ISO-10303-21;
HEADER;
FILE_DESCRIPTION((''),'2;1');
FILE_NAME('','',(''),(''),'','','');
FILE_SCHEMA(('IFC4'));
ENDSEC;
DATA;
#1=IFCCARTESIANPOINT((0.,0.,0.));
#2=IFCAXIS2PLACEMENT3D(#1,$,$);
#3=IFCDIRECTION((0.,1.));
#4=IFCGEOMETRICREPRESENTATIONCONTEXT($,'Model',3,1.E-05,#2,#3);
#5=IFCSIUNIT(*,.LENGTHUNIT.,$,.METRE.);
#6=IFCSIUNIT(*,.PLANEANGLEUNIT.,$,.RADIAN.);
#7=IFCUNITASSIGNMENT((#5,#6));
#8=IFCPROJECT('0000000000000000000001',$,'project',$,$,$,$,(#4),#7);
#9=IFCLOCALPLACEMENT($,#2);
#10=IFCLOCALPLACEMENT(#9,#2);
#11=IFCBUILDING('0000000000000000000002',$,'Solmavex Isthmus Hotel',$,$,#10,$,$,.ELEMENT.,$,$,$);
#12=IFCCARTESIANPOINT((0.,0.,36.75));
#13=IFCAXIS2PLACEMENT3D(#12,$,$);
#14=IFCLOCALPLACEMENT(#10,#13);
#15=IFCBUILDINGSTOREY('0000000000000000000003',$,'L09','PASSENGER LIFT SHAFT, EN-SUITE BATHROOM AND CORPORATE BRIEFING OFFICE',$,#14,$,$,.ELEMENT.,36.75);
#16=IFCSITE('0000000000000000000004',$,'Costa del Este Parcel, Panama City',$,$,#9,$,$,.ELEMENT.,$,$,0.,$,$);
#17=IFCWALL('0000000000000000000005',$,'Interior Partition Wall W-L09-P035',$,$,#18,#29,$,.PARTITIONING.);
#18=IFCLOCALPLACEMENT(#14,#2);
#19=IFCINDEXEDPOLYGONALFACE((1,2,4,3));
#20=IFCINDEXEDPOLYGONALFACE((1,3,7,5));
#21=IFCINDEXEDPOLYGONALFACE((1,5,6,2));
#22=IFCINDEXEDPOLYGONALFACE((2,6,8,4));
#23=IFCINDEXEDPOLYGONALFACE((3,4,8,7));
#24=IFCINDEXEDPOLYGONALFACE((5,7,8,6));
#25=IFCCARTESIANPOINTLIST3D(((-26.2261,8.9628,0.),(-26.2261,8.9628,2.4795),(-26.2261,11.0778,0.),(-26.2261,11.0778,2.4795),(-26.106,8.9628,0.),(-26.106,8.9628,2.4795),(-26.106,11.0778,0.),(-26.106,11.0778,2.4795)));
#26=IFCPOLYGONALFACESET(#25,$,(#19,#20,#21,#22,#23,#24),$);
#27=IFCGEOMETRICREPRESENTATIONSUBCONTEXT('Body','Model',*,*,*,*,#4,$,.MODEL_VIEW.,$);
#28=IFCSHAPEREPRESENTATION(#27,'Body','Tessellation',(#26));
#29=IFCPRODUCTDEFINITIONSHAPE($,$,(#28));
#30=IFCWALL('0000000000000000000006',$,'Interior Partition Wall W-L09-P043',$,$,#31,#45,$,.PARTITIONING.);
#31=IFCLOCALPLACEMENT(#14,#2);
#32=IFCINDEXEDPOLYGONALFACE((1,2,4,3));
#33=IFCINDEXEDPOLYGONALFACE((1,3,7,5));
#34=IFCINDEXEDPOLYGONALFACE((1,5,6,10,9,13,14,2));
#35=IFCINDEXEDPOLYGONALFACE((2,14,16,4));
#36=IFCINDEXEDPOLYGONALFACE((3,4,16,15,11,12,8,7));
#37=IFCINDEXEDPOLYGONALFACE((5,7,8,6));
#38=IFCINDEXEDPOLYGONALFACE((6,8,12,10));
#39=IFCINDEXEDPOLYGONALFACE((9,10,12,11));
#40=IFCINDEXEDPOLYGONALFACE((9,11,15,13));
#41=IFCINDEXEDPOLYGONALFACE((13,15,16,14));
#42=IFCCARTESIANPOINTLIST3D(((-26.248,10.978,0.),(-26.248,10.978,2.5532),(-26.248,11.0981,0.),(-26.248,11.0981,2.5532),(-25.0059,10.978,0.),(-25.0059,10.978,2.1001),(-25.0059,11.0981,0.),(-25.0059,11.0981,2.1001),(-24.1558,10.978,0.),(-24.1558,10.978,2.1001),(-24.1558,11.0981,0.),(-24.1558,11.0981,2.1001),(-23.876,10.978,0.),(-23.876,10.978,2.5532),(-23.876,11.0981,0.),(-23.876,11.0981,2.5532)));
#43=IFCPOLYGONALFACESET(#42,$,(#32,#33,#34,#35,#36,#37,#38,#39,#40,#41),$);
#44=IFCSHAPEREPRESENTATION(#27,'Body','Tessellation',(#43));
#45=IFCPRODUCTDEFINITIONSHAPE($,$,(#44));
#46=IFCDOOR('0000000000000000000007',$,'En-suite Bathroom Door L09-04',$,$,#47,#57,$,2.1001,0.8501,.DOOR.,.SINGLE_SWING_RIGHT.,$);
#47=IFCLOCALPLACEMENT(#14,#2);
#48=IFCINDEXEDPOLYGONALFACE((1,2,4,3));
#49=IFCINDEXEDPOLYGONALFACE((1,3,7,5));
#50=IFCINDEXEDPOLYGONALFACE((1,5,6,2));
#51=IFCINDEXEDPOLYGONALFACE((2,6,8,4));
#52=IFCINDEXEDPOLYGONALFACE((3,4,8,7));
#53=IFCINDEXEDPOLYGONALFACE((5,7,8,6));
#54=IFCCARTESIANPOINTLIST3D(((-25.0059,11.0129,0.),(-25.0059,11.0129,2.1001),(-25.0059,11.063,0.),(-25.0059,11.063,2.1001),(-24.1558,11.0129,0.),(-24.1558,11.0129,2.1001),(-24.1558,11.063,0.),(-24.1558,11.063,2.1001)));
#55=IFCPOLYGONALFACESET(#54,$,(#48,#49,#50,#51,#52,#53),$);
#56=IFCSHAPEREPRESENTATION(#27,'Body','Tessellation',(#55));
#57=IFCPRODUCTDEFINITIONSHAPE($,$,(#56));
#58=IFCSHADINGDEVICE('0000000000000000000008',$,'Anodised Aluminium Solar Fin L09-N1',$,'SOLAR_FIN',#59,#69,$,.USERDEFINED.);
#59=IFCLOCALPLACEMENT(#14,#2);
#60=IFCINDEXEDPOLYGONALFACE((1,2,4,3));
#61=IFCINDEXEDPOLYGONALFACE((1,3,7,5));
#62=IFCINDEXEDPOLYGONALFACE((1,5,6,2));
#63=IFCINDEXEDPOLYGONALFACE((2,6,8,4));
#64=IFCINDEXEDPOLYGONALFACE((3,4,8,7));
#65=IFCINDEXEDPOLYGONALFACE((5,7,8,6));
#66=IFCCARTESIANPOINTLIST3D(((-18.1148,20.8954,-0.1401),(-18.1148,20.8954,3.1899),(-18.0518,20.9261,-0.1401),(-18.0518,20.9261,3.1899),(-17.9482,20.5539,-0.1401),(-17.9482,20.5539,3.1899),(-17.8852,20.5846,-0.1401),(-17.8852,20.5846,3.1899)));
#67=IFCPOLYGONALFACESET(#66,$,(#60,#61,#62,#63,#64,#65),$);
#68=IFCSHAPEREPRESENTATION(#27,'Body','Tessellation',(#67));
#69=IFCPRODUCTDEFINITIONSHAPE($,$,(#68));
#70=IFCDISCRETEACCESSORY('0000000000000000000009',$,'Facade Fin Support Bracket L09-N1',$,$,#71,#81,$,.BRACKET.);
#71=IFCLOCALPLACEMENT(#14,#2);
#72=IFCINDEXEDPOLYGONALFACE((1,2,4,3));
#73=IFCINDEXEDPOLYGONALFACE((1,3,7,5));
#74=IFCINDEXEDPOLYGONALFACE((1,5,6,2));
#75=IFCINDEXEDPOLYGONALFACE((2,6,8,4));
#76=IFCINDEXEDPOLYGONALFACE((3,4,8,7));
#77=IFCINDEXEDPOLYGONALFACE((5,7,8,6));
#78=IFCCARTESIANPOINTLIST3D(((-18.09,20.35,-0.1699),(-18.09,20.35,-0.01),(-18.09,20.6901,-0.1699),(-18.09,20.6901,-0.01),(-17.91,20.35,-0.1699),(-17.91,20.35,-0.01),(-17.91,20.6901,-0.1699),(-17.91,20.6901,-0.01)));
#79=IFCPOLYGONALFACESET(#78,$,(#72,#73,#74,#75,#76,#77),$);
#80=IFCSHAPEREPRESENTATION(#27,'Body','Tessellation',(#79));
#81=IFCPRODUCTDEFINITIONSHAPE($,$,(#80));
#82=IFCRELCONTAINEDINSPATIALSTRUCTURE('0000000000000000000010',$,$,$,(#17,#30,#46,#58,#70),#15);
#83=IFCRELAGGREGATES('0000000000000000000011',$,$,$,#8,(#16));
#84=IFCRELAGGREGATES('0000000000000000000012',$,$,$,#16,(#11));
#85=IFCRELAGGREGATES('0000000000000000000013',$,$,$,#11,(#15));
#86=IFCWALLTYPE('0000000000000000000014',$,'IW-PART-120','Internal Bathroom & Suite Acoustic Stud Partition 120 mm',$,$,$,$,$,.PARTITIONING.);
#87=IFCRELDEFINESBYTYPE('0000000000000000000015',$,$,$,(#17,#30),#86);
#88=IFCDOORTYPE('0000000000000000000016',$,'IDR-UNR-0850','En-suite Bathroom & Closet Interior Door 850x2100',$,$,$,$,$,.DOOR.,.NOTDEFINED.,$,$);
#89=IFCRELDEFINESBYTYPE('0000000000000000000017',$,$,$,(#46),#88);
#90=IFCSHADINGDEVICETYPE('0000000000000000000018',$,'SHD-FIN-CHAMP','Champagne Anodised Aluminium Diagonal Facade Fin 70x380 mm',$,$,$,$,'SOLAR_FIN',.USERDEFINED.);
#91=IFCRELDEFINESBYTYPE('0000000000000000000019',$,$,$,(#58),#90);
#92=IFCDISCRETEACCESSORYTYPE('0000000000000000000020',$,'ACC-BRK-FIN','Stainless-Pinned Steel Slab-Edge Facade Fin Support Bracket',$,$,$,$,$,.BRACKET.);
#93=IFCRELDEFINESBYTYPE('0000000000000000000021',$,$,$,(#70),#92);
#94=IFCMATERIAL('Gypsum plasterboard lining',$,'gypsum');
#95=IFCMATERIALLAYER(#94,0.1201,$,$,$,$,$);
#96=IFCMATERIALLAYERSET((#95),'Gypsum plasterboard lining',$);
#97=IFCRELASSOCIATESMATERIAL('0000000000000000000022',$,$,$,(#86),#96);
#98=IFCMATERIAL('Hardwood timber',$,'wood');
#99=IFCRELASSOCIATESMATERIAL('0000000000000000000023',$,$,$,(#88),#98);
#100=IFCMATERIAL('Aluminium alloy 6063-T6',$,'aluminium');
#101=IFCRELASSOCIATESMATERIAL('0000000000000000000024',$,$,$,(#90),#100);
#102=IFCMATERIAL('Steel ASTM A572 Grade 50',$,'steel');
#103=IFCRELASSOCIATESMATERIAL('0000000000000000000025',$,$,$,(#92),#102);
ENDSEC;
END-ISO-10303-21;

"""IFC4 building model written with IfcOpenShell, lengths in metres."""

from ifc_helpers import new_model, si_unit, direction, frame, frame_2d, origin, origin_2d, place, context, subcontext, project, spatial, rectangle, extrude, material, layer, layer_set, type_object, element, fill, save


model = new_model("IFC4")

# Units and contexts
model_context = context("Model", 3, precision=1e-05, world=origin(), true_north=direction((0.0, 1.0)))
body_context = subcontext(model_context, "Body", "Model", "MODEL_VIEW")
ifc_project = project(units=[si_unit("LENGTHUNIT", "METRE"), si_unit("PLANEANGLEUNIT", "RADIAN")], contexts=[model_context])

# Site, building, storey
site_placement = place(None, origin())
site = spatial("IfcSite", under=ifc_project, at=site_placement, Name="Costa del Este Parcel, Panama City", CompositionType="ELEMENT", RefElevation=0.0)
building_placement = place(site_placement, origin())
building = spatial("IfcBuilding", under=site, at=building_placement, Name="Solmavex Isthmus Hotel", CompositionType="ELEMENT")
storey_placement = place(building_placement, frame((0.0, 0.0, 36.75)))
storey = spatial("IfcBuildingStorey", under=building, at=storey_placement, Name="L09", Description="PASSENGER LIFT SHAFT, EN-SUITE BATHROOM AND CORPORATE BRIEFING OFFICE", CompositionType="ELEMENT", Elevation=36.75)

# Shared definitions
ifc_material_1 = material(Name="Aluminium alloy 6063-T6", Category="aluminium")

# Shared definitions
ifc_material_2 = material(Name="Gypsum plasterboard lining", Category="gypsum")
ifc_material_3 = material(Name="Hardwood timber", Category="wood")

# Wall
ifc_layer_1 = layer(ifc_material_2, 0.1201)
ifc_layer_set_1 = layer_set([ifc_layer_1], Name="Gypsum plasterboard lining")
wall_type_1 = type_object("IfcWallType", Name="IW-PART-120", Description="Internal Bathroom & Suite Acoustic Stud Partition 120 mm", PredefinedType="PARTITIONING", material=ifc_layer_set_1)
wall_1_placement = place(storey_placement, frame((-26.166, 11.0779, 0.0), z_axis=(0.0, 0.0, 1.0), x_axis=(0.0, -1.0, 0.0)))
element("IfcWall", 1, at=wall_1_placement, inside=storey, type_object=wall_type_1, Name="Interior Partition Wall W-L09-P035", PredefinedType="PARTITIONING", context=body_context, shape_type="SweptSolid", body=[
    extrude(rectangle(XDim=2.115, YDim=0.1201, at=frame_2d((1.0576, 0.0))), origin(), (0.0, 0.0, 1.0), 2.4795),
])

# Wall, opening, door
wall_2_placement = place(storey_placement, frame((-23.876, 11.0381, 0.0), z_axis=(0.0, 0.0, 1.0), x_axis=(-1.0, 0.0, 0.0)))
wall_2 = element("IfcWall", 2, at=wall_2_placement, inside=storey, type_object=wall_type_1, Name="Interior Partition Wall W-L09-P043", PredefinedType="PARTITIONING", context=body_context, shape_type="SweptSolid", body=[
    extrude(rectangle(XDim=2.3721, YDim=0.1201, at=frame_2d((1.186, 0.0))), origin(), (0.0, 0.0, 1.0), 2.5532),
])
opening_1_placement = place(wall_2_placement, frame((0.2798, 0.0, 0.0)))
opening_1 = element("IfcOpeningElement", 3, at=opening_1_placement, cuts=wall_2, PredefinedType="OPENING", context=body_context, shape_type="SweptSolid", body=[
    extrude(rectangle(XDim=0.8501, YDim=2.1001, at=frame_2d((0.425, 1.05))), frame((0.0, 0.0701, 0.0), z_axis=(0.0, -1.0, 0.0), x_axis=(1.0, 0.0, 0.0)), (0.0, 0.0, 1.0), 0.1401),
])
door_type_1 = type_object("IfcDoorType", Name="IDR-UNR-0850", Description="En-suite Bathroom & Closet Interior Door 850x2100", OperationType="NOTDEFINED", PredefinedType="DOOR", material=ifc_material_3)
door_1_placement = place(opening_1_placement, frame((0.8501, 0.0, 0.0), z_axis=(0.0, 0.0, 1.0), x_axis=(-1.0, 0.0, 0.0)))
door_1 = element("IfcDoor", 4, at=door_1_placement, inside=storey, type_object=door_type_1, Name="En-suite Bathroom Door L09-04", OperationType="SINGLE_SWING_RIGHT", OverallHeight=2.1001, OverallWidth=0.8501, PredefinedType="DOOR", context=body_context, shape_type="SweptSolid", body=[
    extrude(rectangle(XDim=0.8501, YDim=2.1001, at=frame_2d((0.425, 1.05))), frame((0.0, 0.0249, 0.0), z_axis=(0.0, -1.0, 0.0), x_axis=(1.0, 0.0, 0.0)), (0.0, 0.0, 1.0), 0.05),
])
fill(opening_1, door_1)

# Shading device
shading_device_type = type_object("IfcShadingDeviceType", Name="SHD-FIN-CHAMP", Description="Champagne Anodised Aluminium Diagonal Facade Fin 70x380 mm", ElementType="SOLAR_FIN", PredefinedType="USERDEFINED", material=ifc_material_1)
shading_device_placement = place(storey_placement, frame((-18.0, 20.74, -0.1401), z_axis=(0.0, 0.0, 1.0), x_axis=(-0.438371, 0.898794, 0.0)))
element("IfcShadingDevice", 5, at=shading_device_placement, inside=storey, type_object=shading_device_type, Name="Anodised Aluminium Solar Fin L09-N1", ObjectType="SOLAR_FIN", PredefinedType="USERDEFINED", context=body_context, shape_type="SweptSolid", body=[
    extrude(rectangle(XDim=0.3799, YDim=0.0701, at=origin_2d()), origin(), (0.0, 0.0, 1.0), 3.3301),
])

# Discrete accessory
ifc_material_4 = material(Name="Steel ASTM A572 Grade 50", Category="steel")
discrete_accessory_type = type_object("IfcDiscreteAccessoryType", Name="ACC-BRK-FIN", Description="Stainless-Pinned Steel Slab-Edge Facade Fin Support Bracket", PredefinedType="BRACKET", material=ifc_material_4)
discrete_accessory_placement = place(storey_placement, frame((-18.0, 20.52, -0.1699), z_axis=(0.0, 0.0, 1.0), x_axis=(0.0, 1.0, 0.0)))
element("IfcDiscreteAccessory", 6, at=discrete_accessory_placement, inside=storey, type_object=discrete_accessory_type, Name="Facade Fin Support Bracket L09-N1", PredefinedType="BRACKET", context=body_context, shape_type="SweptSolid", body=[
    extrude(rectangle(XDim=0.3401, YDim=0.1799, at=origin_2d()), origin(), (0.0, 0.0, 1.0), 0.1599),
])

save(model, "model.ifc")
